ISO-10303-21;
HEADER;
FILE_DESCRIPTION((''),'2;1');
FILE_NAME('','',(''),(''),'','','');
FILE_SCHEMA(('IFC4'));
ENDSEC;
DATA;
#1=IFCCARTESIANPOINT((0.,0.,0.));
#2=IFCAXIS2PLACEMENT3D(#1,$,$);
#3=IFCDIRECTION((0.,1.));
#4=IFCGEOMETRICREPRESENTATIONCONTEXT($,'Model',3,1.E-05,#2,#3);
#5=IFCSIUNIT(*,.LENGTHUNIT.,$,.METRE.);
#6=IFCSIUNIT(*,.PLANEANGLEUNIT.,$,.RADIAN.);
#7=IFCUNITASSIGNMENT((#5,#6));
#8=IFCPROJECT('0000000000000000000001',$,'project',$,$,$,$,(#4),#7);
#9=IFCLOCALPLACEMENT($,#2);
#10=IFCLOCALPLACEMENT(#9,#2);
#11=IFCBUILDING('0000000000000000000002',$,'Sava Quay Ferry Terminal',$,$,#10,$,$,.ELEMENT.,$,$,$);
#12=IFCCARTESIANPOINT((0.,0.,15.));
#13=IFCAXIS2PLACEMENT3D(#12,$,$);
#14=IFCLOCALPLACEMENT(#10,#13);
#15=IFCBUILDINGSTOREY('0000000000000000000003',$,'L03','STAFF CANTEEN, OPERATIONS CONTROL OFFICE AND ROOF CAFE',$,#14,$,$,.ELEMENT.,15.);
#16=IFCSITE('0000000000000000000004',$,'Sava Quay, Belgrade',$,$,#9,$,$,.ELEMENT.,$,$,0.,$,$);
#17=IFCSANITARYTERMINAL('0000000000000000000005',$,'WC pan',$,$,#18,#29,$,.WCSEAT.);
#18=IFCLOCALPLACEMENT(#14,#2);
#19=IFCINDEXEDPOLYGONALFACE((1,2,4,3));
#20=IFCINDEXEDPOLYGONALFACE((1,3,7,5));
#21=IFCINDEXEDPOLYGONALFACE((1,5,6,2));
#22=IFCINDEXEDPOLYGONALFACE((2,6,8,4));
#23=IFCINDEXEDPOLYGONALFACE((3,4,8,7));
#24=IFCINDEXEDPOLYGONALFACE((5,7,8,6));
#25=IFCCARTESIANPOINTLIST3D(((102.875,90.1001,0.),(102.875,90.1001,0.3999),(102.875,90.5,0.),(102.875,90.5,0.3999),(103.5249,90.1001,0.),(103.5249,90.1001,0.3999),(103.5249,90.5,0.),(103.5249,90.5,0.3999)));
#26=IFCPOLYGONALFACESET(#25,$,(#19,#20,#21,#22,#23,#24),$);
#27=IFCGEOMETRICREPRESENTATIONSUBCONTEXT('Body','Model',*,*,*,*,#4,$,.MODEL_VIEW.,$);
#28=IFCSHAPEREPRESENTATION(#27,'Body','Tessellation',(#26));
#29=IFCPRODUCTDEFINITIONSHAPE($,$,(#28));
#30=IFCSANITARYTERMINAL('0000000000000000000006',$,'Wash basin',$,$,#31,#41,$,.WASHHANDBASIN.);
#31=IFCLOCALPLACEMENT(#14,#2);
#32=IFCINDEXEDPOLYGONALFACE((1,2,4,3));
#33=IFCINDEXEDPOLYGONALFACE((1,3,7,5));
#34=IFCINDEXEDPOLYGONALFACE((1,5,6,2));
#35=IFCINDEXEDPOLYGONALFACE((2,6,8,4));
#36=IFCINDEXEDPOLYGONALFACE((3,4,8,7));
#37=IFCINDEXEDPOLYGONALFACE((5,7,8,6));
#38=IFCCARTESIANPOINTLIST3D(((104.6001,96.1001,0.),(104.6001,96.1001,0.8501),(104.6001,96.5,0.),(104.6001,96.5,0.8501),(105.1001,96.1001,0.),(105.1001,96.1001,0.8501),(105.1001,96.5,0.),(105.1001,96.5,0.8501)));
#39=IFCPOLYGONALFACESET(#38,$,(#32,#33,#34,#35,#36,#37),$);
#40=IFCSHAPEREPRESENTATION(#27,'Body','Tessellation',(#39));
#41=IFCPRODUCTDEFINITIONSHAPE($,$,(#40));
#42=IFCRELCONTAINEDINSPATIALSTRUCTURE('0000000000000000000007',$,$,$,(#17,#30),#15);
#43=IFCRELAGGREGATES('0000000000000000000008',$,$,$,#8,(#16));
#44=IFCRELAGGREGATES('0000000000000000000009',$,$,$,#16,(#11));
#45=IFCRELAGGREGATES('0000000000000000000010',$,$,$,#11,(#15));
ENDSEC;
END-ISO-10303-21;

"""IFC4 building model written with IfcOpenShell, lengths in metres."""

from ifc_helpers import new_model, si_unit, direction, frame, origin, origin_2d, place, context, subcontext, project, spatial, rectangle, extrude, element, save


model = new_model("IFC4")

# Units and contexts
model_context = context("Model", 3, precision=1e-05, world=origin(), true_north=direction((0.0, 1.0)))
body_context = subcontext(model_context, "Body", "Model", "MODEL_VIEW")
ifc_project = project(units=[si_unit("LENGTHUNIT", "METRE"), si_unit("PLANEANGLEUNIT", "RADIAN")], contexts=[model_context])

# Site, building, storey
site_placement = place(None, origin())
site = spatial("IfcSite", under=ifc_project, at=site_placement, Name="Sava Quay, Belgrade", CompositionType="ELEMENT", RefElevation=0.0)
building_placement = place(site_placement, origin())
building = spatial("IfcBuilding", under=site, at=building_placement, Name="Sava Quay Ferry Terminal", CompositionType="ELEMENT")
storey_placement = place(building_placement, frame((0.0, 0.0, 15.0)))
storey = spatial("IfcBuildingStorey", under=building, at=storey_placement, Name="L03", Description="STAFF CANTEEN, OPERATIONS CONTROL OFFICE AND ROOF CAFE", CompositionType="ELEMENT", Elevation=15.0)

# Sanitary terminals
sanitary_terminal_1_placement = place(storey_placement, frame((103.2, 90.3, 0.0), z_axis=(0.0, 0.0, 1.0), x_axis=(1.0, 0.0, 0.0)))
element("IfcSanitaryTerminal", 1, at=sanitary_terminal_1_placement, inside=storey, Name="WC pan", PredefinedType="WCSEAT", context=body_context, shape_type="SweptSolid", body=[
    extrude(rectangle(XDim=0.6499, YDim=0.3999, at=origin_2d()), origin(), (0.0, 0.0, 1.0), 0.3999),
])
sanitary_terminal_2_placement = place(storey_placement, frame((104.8501, 96.3, 0.0), z_axis=(0.0, 0.0, 1.0), x_axis=(1.0, 0.0, 0.0)))
element("IfcSanitaryTerminal", 2, at=sanitary_terminal_2_placement, inside=storey, Name="Wash basin", PredefinedType="WASHHANDBASIN", context=body_context, shape_type="SweptSolid", body=[
    extrude(rectangle(XDim=0.5, YDim=0.3999, at=origin_2d()), origin(), (0.0, 0.0, 1.0), 0.8501),
])

save(model, "model.ifc")
